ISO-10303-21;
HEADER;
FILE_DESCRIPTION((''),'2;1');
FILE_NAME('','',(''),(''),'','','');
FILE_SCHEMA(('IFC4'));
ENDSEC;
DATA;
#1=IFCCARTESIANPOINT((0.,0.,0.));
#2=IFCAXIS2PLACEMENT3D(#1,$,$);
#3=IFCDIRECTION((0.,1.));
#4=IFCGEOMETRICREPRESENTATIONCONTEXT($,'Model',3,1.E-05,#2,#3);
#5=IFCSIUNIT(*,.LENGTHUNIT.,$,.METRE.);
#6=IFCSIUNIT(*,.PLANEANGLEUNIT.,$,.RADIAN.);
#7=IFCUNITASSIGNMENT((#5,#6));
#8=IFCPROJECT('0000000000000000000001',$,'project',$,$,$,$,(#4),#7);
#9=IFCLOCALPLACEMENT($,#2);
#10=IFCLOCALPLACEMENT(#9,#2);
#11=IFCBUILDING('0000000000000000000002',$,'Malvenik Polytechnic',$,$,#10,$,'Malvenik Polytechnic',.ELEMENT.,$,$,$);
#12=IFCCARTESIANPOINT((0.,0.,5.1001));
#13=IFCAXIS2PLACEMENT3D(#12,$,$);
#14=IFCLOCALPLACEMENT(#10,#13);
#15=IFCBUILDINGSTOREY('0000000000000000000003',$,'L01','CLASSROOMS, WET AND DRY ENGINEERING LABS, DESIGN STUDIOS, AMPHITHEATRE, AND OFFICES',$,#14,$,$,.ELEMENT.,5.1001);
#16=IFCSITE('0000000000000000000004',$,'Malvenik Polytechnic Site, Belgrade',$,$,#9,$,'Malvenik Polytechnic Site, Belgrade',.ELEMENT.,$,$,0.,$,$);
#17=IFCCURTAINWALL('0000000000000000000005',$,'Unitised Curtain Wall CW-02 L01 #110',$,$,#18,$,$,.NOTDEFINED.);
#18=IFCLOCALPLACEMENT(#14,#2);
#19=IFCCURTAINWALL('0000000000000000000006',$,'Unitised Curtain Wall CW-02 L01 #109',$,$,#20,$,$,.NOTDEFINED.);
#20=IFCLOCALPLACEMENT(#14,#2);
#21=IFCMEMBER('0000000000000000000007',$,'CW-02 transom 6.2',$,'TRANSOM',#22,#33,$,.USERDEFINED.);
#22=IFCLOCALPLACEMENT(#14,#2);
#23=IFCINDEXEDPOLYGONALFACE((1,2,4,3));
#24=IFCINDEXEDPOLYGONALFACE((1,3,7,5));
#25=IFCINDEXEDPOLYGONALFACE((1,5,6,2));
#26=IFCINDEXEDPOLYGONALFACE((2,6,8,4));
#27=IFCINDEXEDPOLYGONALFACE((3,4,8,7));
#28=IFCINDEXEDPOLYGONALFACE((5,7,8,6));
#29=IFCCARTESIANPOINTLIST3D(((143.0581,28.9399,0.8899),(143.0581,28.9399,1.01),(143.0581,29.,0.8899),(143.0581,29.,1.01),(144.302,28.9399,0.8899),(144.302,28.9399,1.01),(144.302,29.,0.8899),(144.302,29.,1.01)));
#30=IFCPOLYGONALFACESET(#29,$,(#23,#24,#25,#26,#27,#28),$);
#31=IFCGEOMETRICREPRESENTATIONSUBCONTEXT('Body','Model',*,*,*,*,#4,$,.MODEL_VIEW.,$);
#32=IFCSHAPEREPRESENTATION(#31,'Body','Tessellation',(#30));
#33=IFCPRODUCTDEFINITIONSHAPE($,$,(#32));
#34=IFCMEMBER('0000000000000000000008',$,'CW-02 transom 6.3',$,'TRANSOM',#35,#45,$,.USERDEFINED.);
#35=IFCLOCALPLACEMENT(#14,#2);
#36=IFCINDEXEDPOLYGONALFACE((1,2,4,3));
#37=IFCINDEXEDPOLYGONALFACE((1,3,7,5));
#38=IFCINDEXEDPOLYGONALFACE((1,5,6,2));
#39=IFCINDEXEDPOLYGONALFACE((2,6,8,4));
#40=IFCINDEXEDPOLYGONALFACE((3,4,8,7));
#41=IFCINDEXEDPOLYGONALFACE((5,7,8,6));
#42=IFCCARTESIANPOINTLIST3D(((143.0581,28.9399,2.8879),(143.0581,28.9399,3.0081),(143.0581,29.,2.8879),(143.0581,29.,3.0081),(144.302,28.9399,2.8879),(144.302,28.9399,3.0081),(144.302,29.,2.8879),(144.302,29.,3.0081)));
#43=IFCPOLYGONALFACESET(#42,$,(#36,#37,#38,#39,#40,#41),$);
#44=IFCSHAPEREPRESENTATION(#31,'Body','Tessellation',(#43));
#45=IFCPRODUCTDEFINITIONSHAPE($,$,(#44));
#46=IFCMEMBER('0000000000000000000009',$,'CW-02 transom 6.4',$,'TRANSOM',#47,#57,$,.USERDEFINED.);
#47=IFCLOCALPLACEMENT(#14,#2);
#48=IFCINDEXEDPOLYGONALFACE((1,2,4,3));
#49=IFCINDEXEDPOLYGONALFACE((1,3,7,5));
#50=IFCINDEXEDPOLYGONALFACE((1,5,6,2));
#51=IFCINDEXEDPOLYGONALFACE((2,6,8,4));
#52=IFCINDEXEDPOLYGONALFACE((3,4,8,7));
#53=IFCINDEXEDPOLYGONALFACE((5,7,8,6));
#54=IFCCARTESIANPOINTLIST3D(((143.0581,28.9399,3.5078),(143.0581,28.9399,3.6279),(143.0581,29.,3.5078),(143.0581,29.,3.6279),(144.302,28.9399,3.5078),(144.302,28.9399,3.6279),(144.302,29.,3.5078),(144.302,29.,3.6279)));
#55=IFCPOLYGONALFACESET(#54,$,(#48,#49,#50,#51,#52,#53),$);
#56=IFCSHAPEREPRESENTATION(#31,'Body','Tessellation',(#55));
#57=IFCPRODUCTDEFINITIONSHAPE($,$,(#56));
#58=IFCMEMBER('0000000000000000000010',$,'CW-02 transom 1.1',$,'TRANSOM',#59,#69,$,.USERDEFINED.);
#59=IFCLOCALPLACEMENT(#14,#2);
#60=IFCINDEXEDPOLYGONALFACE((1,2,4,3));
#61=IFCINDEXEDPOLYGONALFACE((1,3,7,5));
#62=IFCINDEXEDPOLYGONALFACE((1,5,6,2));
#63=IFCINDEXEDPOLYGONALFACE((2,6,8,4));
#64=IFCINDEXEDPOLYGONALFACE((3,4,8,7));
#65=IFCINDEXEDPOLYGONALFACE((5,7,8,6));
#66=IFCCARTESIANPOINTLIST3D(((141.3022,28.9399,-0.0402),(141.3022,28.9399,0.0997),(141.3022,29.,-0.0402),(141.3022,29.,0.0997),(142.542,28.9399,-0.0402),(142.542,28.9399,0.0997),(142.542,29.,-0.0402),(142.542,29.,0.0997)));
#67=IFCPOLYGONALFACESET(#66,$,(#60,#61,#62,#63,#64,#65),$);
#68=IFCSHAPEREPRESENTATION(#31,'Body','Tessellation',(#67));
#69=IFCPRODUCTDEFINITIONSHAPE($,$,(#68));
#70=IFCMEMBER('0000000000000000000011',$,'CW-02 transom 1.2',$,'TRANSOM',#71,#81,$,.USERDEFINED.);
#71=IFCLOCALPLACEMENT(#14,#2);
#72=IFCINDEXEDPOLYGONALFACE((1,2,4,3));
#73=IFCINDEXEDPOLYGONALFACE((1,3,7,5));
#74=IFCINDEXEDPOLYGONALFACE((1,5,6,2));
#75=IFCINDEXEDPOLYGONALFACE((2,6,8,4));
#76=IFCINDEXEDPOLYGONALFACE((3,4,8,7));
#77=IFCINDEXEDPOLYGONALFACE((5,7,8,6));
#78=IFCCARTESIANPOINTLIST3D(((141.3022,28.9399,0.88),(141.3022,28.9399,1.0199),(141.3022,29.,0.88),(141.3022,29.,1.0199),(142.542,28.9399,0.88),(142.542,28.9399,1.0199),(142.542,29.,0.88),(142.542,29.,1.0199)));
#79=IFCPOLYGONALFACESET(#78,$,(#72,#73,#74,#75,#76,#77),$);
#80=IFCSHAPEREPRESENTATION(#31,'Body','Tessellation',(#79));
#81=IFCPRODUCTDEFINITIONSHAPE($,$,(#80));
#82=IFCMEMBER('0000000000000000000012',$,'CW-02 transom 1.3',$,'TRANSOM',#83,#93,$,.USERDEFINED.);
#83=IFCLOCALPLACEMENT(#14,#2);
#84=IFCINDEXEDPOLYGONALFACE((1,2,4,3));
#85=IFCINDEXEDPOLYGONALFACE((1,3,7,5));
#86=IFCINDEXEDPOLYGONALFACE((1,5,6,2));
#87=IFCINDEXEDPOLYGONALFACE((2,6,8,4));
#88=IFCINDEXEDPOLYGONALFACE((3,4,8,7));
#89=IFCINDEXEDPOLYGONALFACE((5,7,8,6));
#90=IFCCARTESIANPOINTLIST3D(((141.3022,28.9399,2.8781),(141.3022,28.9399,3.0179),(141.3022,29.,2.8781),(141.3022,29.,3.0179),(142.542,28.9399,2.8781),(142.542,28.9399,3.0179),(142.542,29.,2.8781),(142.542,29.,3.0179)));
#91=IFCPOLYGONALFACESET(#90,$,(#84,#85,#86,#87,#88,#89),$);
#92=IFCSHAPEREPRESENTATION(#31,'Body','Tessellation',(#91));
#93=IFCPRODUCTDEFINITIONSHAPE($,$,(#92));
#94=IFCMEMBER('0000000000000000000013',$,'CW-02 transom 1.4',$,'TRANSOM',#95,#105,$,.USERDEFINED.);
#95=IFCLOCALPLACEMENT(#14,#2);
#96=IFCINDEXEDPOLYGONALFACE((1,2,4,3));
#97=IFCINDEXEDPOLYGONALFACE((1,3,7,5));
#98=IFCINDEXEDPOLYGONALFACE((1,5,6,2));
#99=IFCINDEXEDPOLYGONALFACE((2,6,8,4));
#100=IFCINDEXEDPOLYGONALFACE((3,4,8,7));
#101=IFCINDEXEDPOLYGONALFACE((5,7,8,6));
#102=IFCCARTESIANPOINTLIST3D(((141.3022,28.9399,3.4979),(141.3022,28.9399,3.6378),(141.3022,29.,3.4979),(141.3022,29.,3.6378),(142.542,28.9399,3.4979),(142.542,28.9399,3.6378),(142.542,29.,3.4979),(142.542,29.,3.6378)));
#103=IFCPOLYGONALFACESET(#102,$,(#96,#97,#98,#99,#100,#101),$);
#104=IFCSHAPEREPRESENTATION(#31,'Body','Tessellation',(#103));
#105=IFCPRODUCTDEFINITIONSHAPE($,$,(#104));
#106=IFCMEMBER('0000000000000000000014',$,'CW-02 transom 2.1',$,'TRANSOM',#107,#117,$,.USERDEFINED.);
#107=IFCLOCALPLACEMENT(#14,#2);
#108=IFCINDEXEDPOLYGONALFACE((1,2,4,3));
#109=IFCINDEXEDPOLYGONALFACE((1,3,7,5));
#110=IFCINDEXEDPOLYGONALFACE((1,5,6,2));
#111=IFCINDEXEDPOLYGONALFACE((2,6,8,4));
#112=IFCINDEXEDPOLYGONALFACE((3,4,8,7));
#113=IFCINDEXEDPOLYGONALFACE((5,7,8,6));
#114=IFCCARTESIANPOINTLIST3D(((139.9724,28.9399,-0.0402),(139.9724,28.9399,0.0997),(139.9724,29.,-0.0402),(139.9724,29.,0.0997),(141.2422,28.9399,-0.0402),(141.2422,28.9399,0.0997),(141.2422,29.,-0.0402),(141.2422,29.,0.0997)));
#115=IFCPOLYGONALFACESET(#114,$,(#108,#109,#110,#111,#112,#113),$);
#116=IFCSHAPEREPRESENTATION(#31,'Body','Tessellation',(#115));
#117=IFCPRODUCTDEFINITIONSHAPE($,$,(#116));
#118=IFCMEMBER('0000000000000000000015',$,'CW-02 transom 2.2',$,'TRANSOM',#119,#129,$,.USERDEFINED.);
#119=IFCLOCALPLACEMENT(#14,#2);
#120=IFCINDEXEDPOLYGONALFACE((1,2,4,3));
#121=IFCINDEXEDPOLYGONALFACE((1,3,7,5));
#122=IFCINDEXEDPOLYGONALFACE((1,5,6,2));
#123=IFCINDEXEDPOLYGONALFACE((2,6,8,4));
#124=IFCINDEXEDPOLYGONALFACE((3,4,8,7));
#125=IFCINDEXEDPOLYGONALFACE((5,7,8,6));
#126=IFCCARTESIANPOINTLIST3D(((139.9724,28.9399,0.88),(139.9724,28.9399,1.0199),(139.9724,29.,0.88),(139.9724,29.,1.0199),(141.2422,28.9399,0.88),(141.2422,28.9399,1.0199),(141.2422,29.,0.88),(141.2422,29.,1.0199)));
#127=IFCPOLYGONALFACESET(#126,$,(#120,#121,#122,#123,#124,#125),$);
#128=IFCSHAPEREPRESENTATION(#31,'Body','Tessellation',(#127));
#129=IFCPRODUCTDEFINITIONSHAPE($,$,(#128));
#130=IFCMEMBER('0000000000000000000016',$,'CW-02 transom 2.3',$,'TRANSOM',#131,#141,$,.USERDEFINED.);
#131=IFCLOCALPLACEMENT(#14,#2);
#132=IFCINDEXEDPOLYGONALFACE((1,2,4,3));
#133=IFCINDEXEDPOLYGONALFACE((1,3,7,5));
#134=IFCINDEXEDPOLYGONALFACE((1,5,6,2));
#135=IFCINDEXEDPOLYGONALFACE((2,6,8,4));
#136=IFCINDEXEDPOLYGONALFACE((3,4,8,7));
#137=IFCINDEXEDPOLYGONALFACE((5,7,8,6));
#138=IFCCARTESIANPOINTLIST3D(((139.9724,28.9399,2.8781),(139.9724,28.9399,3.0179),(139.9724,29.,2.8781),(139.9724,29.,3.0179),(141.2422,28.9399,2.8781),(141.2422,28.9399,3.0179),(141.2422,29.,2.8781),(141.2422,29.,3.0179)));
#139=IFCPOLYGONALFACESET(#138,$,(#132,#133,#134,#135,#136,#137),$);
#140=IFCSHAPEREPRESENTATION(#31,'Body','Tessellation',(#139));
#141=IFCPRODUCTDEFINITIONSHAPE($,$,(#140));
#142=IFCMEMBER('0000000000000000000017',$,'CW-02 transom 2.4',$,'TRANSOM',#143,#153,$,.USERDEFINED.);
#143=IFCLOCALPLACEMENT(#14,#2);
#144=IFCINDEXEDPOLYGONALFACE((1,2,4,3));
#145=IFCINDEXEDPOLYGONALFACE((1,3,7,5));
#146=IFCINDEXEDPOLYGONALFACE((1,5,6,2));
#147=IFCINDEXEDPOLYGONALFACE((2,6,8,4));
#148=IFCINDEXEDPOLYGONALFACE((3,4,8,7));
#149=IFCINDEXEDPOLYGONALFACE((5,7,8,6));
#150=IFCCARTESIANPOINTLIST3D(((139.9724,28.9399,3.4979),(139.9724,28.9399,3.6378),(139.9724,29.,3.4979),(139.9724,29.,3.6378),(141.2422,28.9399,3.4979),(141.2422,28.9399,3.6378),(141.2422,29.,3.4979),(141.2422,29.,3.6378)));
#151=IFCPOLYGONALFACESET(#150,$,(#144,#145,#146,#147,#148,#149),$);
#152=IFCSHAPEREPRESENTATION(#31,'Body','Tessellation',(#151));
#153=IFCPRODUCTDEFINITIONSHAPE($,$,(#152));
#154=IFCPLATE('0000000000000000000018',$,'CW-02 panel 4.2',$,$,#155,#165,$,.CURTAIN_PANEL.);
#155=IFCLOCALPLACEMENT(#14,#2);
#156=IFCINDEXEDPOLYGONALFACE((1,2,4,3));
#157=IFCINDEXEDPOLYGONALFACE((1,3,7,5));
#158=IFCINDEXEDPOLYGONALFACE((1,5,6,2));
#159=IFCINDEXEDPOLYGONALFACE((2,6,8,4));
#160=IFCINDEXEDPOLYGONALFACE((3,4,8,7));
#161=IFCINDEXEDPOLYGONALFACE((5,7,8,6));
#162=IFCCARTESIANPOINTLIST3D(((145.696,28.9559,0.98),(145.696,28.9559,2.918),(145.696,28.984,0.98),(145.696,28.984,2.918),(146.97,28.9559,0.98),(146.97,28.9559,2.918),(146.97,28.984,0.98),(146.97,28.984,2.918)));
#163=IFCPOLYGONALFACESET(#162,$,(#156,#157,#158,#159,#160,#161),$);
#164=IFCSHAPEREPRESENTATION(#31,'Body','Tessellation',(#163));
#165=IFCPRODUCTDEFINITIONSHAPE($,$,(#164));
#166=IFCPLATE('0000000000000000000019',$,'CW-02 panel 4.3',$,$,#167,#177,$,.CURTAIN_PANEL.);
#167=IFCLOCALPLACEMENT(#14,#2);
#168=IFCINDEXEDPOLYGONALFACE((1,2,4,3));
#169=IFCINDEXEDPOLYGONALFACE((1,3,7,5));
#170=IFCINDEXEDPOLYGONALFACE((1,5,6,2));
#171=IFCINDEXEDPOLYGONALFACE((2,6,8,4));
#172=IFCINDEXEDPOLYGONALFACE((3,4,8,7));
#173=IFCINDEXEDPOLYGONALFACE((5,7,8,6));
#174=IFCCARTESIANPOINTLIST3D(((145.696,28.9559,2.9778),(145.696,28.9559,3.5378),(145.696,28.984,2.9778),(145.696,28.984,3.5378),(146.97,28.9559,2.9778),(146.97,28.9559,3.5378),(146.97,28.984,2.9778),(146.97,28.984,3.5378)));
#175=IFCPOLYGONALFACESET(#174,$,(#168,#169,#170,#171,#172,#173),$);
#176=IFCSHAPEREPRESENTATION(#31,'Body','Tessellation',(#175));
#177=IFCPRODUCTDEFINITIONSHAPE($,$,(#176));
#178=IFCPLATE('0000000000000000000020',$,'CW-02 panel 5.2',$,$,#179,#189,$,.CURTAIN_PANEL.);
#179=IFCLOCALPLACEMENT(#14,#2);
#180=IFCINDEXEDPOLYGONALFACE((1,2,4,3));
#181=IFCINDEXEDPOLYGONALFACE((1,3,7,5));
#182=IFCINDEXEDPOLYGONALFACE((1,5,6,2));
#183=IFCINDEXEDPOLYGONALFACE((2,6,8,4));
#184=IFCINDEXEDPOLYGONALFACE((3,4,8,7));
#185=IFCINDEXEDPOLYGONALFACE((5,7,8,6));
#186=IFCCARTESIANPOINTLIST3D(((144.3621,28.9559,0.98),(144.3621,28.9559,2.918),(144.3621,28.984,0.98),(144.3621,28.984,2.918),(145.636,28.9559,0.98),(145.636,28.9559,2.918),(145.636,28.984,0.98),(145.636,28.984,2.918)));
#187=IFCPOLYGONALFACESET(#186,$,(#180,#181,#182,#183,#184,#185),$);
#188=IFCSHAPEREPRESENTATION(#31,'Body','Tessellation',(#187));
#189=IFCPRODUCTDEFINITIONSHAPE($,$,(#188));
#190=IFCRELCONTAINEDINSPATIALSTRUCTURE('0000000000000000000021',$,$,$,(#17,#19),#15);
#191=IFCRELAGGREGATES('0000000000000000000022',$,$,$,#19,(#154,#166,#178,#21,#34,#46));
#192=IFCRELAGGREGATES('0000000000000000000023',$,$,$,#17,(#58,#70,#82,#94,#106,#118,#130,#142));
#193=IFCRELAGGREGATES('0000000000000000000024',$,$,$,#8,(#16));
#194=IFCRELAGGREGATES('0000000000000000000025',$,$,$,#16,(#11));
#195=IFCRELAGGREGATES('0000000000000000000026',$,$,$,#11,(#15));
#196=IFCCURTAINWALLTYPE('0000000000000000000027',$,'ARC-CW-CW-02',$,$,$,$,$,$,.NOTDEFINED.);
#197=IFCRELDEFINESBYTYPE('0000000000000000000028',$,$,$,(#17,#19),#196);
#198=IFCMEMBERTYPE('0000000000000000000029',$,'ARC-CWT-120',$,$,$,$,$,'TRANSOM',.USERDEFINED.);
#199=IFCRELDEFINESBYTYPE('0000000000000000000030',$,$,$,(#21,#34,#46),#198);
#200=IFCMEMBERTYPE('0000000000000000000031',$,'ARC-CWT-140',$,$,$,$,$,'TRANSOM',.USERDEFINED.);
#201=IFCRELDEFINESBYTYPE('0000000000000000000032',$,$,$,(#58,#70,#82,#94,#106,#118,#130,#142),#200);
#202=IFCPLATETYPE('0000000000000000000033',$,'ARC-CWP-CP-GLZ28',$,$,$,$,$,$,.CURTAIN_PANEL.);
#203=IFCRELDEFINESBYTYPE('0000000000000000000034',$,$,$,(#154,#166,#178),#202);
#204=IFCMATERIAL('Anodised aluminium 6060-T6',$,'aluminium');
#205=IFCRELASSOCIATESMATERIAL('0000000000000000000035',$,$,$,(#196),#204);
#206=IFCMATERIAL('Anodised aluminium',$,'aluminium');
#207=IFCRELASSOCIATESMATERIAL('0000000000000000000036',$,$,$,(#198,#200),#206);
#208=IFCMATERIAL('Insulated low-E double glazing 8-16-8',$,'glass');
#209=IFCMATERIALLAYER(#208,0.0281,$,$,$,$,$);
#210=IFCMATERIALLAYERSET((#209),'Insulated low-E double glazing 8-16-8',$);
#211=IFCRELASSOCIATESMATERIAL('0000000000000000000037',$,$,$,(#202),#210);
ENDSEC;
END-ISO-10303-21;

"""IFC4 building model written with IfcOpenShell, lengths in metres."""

from ifc_helpers import new_model, si_unit, direction, frame, origin, origin_2d, place, context, subcontext, project, spatial, rectangle, extrude, material, layer, layer_set, material_profile, profile_set, type_object, element, aggregate, save


model = new_model("IFC4")

# Units and contexts
model_context = context("Model", 3, precision=1e-05, world=origin(), true_north=direction((0.0, 1.0)))
body_context = subcontext(model_context, "Body", "Model", "MODEL_VIEW")
ifc_project = project(units=[si_unit("LENGTHUNIT", "METRE"), si_unit("PLANEANGLEUNIT", "RADIAN")], contexts=[model_context])

# Site, building, storey
site_placement = place(None, origin())
site = spatial("IfcSite", under=ifc_project, at=site_placement, Name="Malvenik Polytechnic Site, Belgrade", LongName="Malvenik Polytechnic Site, Belgrade", CompositionType="ELEMENT", RefElevation=0.0)
building_placement = place(site_placement, origin())
building = spatial("IfcBuilding", under=site, at=building_placement, Name="Malvenik Polytechnic", LongName="Malvenik Polytechnic", CompositionType="ELEMENT")
storey_placement = place(building_placement, frame((0.0, 0.0, 5.1001)))
storey = spatial("IfcBuildingStorey", under=building, at=storey_placement, Name="L01", Description="CLASSROOMS, WET AND DRY ENGINEERING LABS, DESIGN STUDIOS, AMPHITHEATRE, AND OFFICES", CompositionType="ELEMENT", Elevation=5.1001)

# Curtain walls, members
ifc_material_1 = material(Name="Anodised aluminium 6060-T6", Category="aluminium")
curtain_wall_type = type_object("IfcCurtainWallType", Name="ARC-CW-CW-02", PredefinedType="NOTDEFINED", material=ifc_material_1)
curtain_wall_1_placement = place(storey_placement, origin())
curtain_wall_1 = element("IfcCurtainWall", 1, at=curtain_wall_1_placement, inside=storey, type_object=curtain_wall_type, Name="Unitised Curtain Wall CW-02 L01 #110", PredefinedType="NOTDEFINED")
ifc_material_2 = material(Name="Anodised aluminium", Category="aluminium")
curtain_wall_2_placement = place(storey_placement, origin())
curtain_wall_2 = element("IfcCurtainWall", 2, at=curtain_wall_2_placement, inside=storey, type_object=curtain_wall_type, Name="Unitised Curtain Wall CW-02 L01 #109", PredefinedType="NOTDEFINED")
ifc_material_profile_1 = material_profile(ifc_material_2, rectangle(XDim=0.0601, YDim=0.1201, at=origin_2d()), Name="ALU TRANSOM 60x120")
ifc_profile_set_1 = profile_set([ifc_material_profile_1], Name="Anodised aluminium")
member_type_1 = type_object("IfcMemberType", Name="ARC-CWT-120", ElementType="TRANSOM", PredefinedType="USERDEFINED", material=ifc_profile_set_1)
member_1_placement = place(storey_placement, frame((144.302, 28.97, 0.95), z_axis=(-1.0, 0.0, 0.0), x_axis=(0.0, -1.0, 0.0)))
member_1 = element("IfcMember", 3, at=member_1_placement, type_object=member_type_1, Name="CW-02 transom 6.2", ObjectType="TRANSOM", PredefinedType="USERDEFINED", context=body_context, shape_type="SweptSolid", body=[
    extrude(rectangle(XDim=0.0601, YDim=0.1201, at=origin_2d()), origin(), (0.0, 0.0, 1.0), 1.2439),
])
member_2_placement = place(storey_placement, frame((144.302, 28.97, 2.948), z_axis=(-1.0, 0.0, 0.0), x_axis=(0.0, -1.0, 0.0)))
member_2 = element("IfcMember", 4, at=member_2_placement, type_object=member_type_1, Name="CW-02 transom 6.3", ObjectType="TRANSOM", PredefinedType="USERDEFINED", context=body_context, shape_type="SweptSolid", body=[
    extrude(rectangle(XDim=0.0601, YDim=0.1201, at=origin_2d()), origin(), (0.0, 0.0, 1.0), 1.2439),
])
member_3_placement = place(storey_placement, frame((144.302, 28.97, 3.5679), z_axis=(-1.0, 0.0, 0.0), x_axis=(0.0, -1.0, 0.0)))
member_3 = element("IfcMember", 5, at=member_3_placement, type_object=member_type_1, Name="CW-02 transom 6.4", ObjectType="TRANSOM", PredefinedType="USERDEFINED", context=body_context, shape_type="SweptSolid", body=[
    extrude(rectangle(XDim=0.0601, YDim=0.1201, at=origin_2d()), origin(), (0.0, 0.0, 1.0), 1.2439),
])

# Members
ifc_material_profile_2 = material_profile(ifc_material_2, rectangle(XDim=0.0601, YDim=0.1399, at=origin_2d()), Name="ALU TRANSOM 60x140")
ifc_profile_set_2 = profile_set([ifc_material_profile_2], Name="Anodised aluminium")
member_type_2 = type_object("IfcMemberType", Name="ARC-CWT-140", ElementType="TRANSOM", PredefinedType="USERDEFINED", material=ifc_profile_set_2)
member_4_placement = place(storey_placement, frame((142.542, 28.97, 0.0298), z_axis=(-1.0, 0.0, 0.0), x_axis=(0.0, -1.0, 0.0)))
member_4 = element("IfcMember", 6, at=member_4_placement, type_object=member_type_2, Name="CW-02 transom 1.1", ObjectType="TRANSOM", PredefinedType="USERDEFINED", context=body_context, shape_type="SweptSolid", body=[
    extrude(rectangle(XDim=0.0601, YDim=0.1399, at=origin_2d()), origin(), (0.0, 0.0, 1.0), 1.2397),
])
member_5_placement = place(storey_placement, frame((142.542, 28.97, 0.95), z_axis=(-1.0, 0.0, 0.0), x_axis=(0.0, -1.0, 0.0)))
member_5 = element("IfcMember", 7, at=member_5_placement, type_object=member_type_2, Name="CW-02 transom 1.2", ObjectType="TRANSOM", PredefinedType="USERDEFINED", context=body_context, shape_type="SweptSolid", body=[
    extrude(rectangle(XDim=0.0601, YDim=0.1399, at=origin_2d()), origin(), (0.0, 0.0, 1.0), 1.2397),
])
member_6_placement = place(storey_placement, frame((142.542, 28.97, 2.948), z_axis=(-1.0, 0.0, 0.0), x_axis=(0.0, -1.0, 0.0)))
member_6 = element("IfcMember", 8, at=member_6_placement, type_object=member_type_2, Name="CW-02 transom 1.3", ObjectType="TRANSOM", PredefinedType="USERDEFINED", context=body_context, shape_type="SweptSolid", body=[
    extrude(rectangle(XDim=0.0601, YDim=0.1399, at=origin_2d()), origin(), (0.0, 0.0, 1.0), 1.2397),
])
member_7_placement = place(storey_placement, frame((142.542, 28.97, 3.5679), z_axis=(-1.0, 0.0, 0.0), x_axis=(0.0, -1.0, 0.0)))
member_7 = element("IfcMember", 9, at=member_7_placement, type_object=member_type_2, Name="CW-02 transom 1.4", ObjectType="TRANSOM", PredefinedType="USERDEFINED", context=body_context, shape_type="SweptSolid", body=[
    extrude(rectangle(XDim=0.0601, YDim=0.1399, at=origin_2d()), origin(), (0.0, 0.0, 1.0), 1.2397),
])
member_8_placement = place(storey_placement, frame((141.2422, 28.97, 0.0298), z_axis=(-1.0, 0.0, 0.0), x_axis=(0.0, -1.0, 0.0)))
member_8 = element("IfcMember", 10, at=member_8_placement, type_object=member_type_2, Name="CW-02 transom 2.1", ObjectType="TRANSOM", PredefinedType="USERDEFINED", context=body_context, shape_type="SweptSolid", body=[
    extrude(rectangle(XDim=0.0601, YDim=0.1399, at=origin_2d()), origin(), (0.0, 0.0, 1.0), 1.2698),
])
member_9_placement = place(storey_placement, frame((141.2422, 28.97, 0.95), z_axis=(-1.0, 0.0, 0.0), x_axis=(0.0, -1.0, 0.0)))
member_9 = element("IfcMember", 11, at=member_9_placement, type_object=member_type_2, Name="CW-02 transom 2.2", ObjectType="TRANSOM", PredefinedType="USERDEFINED", context=body_context, shape_type="SweptSolid", body=[
    extrude(rectangle(XDim=0.0601, YDim=0.1399, at=origin_2d()), origin(), (0.0, 0.0, 1.0), 1.2698),
])
member_10_placement = place(storey_placement, frame((141.2422, 28.97, 2.948), z_axis=(-1.0, 0.0, 0.0), x_axis=(0.0, -1.0, 0.0)))
member_10 = element("IfcMember", 12, at=member_10_placement, type_object=member_type_2, Name="CW-02 transom 2.3", ObjectType="TRANSOM", PredefinedType="USERDEFINED", context=body_context, shape_type="SweptSolid", body=[
    extrude(rectangle(XDim=0.0601, YDim=0.1399, at=origin_2d()), origin(), (0.0, 0.0, 1.0), 1.2698),
])
member_11_placement = place(storey_placement, frame((141.2422, 28.97, 3.5679), z_axis=(-1.0, 0.0, 0.0), x_axis=(0.0, -1.0, 0.0)))
member_11 = element("IfcMember", 13, at=member_11_placement, type_object=member_type_2, Name="CW-02 transom 2.4", ObjectType="TRANSOM", PredefinedType="USERDEFINED", context=body_context, shape_type="SweptSolid", body=[
    extrude(rectangle(XDim=0.0601, YDim=0.1399, at=origin_2d()), origin(), (0.0, 0.0, 1.0), 1.2698),
])

# Plates
ifc_material_3 = material(Name="Insulated low-E double glazing 8-16-8", Category="glass")
ifc_layer_1 = layer(ifc_material_3, 0.0281)
ifc_layer_set_1 = layer_set([ifc_layer_1], Name="Insulated low-E double glazing 8-16-8")
plate_type_1 = type_object("IfcPlateType", Name="ARC-CWP-CP-GLZ28", PredefinedType="CURTAIN_PANEL", material=ifc_layer_set_1)
plate_1_placement = place(storey_placement, frame((146.333, 28.97, 0.98), z_axis=(0.0, 0.0, 1.0), x_axis=(-1.0, 0.0, 0.0)))
plate_1 = element("IfcPlate", 14, at=plate_1_placement, type_object=plate_type_1, Name="CW-02 panel 4.2", PredefinedType="CURTAIN_PANEL", context=body_context, shape_type="SweptSolid", body=[
    extrude(rectangle(XDim=1.2739, YDim=0.0281, at=origin_2d()), origin(), (0.0, 0.0, 1.0), 1.938),
])
plate_2_placement = place(storey_placement, frame((146.333, 28.97, 2.9778), z_axis=(0.0, 0.0, 1.0), x_axis=(-1.0, 0.0, 0.0)))
plate_2 = element("IfcPlate", 15, at=plate_2_placement, type_object=plate_type_1, Name="CW-02 panel 4.3", PredefinedType="CURTAIN_PANEL", context=body_context, shape_type="SweptSolid", body=[
    extrude(rectangle(XDim=1.2739, YDim=0.0281, at=origin_2d()), origin(), (0.0, 0.0, 1.0), 0.5601),
])
plate_3_placement = place(storey_placement, frame((144.999, 28.97, 0.98), z_axis=(0.0, 0.0, 1.0), x_axis=(-1.0, 0.0, 0.0)))
plate_3 = element("IfcPlate", 16, at=plate_3_placement, type_object=plate_type_1, Name="CW-02 panel 5.2", PredefinedType="CURTAIN_PANEL", context=body_context, shape_type="SweptSolid", body=[
    extrude(rectangle(XDim=1.2739, YDim=0.0281, at=origin_2d()), origin(), (0.0, 0.0, 1.0), 1.938),
])
aggregate(curtain_wall_2, [plate_1, plate_2, plate_3, member_1, member_2, member_3])
aggregate(curtain_wall_1, [member_4, member_5, member_6, member_7, member_8, member_9, member_10, member_11])

save(model, "model.ifc")
